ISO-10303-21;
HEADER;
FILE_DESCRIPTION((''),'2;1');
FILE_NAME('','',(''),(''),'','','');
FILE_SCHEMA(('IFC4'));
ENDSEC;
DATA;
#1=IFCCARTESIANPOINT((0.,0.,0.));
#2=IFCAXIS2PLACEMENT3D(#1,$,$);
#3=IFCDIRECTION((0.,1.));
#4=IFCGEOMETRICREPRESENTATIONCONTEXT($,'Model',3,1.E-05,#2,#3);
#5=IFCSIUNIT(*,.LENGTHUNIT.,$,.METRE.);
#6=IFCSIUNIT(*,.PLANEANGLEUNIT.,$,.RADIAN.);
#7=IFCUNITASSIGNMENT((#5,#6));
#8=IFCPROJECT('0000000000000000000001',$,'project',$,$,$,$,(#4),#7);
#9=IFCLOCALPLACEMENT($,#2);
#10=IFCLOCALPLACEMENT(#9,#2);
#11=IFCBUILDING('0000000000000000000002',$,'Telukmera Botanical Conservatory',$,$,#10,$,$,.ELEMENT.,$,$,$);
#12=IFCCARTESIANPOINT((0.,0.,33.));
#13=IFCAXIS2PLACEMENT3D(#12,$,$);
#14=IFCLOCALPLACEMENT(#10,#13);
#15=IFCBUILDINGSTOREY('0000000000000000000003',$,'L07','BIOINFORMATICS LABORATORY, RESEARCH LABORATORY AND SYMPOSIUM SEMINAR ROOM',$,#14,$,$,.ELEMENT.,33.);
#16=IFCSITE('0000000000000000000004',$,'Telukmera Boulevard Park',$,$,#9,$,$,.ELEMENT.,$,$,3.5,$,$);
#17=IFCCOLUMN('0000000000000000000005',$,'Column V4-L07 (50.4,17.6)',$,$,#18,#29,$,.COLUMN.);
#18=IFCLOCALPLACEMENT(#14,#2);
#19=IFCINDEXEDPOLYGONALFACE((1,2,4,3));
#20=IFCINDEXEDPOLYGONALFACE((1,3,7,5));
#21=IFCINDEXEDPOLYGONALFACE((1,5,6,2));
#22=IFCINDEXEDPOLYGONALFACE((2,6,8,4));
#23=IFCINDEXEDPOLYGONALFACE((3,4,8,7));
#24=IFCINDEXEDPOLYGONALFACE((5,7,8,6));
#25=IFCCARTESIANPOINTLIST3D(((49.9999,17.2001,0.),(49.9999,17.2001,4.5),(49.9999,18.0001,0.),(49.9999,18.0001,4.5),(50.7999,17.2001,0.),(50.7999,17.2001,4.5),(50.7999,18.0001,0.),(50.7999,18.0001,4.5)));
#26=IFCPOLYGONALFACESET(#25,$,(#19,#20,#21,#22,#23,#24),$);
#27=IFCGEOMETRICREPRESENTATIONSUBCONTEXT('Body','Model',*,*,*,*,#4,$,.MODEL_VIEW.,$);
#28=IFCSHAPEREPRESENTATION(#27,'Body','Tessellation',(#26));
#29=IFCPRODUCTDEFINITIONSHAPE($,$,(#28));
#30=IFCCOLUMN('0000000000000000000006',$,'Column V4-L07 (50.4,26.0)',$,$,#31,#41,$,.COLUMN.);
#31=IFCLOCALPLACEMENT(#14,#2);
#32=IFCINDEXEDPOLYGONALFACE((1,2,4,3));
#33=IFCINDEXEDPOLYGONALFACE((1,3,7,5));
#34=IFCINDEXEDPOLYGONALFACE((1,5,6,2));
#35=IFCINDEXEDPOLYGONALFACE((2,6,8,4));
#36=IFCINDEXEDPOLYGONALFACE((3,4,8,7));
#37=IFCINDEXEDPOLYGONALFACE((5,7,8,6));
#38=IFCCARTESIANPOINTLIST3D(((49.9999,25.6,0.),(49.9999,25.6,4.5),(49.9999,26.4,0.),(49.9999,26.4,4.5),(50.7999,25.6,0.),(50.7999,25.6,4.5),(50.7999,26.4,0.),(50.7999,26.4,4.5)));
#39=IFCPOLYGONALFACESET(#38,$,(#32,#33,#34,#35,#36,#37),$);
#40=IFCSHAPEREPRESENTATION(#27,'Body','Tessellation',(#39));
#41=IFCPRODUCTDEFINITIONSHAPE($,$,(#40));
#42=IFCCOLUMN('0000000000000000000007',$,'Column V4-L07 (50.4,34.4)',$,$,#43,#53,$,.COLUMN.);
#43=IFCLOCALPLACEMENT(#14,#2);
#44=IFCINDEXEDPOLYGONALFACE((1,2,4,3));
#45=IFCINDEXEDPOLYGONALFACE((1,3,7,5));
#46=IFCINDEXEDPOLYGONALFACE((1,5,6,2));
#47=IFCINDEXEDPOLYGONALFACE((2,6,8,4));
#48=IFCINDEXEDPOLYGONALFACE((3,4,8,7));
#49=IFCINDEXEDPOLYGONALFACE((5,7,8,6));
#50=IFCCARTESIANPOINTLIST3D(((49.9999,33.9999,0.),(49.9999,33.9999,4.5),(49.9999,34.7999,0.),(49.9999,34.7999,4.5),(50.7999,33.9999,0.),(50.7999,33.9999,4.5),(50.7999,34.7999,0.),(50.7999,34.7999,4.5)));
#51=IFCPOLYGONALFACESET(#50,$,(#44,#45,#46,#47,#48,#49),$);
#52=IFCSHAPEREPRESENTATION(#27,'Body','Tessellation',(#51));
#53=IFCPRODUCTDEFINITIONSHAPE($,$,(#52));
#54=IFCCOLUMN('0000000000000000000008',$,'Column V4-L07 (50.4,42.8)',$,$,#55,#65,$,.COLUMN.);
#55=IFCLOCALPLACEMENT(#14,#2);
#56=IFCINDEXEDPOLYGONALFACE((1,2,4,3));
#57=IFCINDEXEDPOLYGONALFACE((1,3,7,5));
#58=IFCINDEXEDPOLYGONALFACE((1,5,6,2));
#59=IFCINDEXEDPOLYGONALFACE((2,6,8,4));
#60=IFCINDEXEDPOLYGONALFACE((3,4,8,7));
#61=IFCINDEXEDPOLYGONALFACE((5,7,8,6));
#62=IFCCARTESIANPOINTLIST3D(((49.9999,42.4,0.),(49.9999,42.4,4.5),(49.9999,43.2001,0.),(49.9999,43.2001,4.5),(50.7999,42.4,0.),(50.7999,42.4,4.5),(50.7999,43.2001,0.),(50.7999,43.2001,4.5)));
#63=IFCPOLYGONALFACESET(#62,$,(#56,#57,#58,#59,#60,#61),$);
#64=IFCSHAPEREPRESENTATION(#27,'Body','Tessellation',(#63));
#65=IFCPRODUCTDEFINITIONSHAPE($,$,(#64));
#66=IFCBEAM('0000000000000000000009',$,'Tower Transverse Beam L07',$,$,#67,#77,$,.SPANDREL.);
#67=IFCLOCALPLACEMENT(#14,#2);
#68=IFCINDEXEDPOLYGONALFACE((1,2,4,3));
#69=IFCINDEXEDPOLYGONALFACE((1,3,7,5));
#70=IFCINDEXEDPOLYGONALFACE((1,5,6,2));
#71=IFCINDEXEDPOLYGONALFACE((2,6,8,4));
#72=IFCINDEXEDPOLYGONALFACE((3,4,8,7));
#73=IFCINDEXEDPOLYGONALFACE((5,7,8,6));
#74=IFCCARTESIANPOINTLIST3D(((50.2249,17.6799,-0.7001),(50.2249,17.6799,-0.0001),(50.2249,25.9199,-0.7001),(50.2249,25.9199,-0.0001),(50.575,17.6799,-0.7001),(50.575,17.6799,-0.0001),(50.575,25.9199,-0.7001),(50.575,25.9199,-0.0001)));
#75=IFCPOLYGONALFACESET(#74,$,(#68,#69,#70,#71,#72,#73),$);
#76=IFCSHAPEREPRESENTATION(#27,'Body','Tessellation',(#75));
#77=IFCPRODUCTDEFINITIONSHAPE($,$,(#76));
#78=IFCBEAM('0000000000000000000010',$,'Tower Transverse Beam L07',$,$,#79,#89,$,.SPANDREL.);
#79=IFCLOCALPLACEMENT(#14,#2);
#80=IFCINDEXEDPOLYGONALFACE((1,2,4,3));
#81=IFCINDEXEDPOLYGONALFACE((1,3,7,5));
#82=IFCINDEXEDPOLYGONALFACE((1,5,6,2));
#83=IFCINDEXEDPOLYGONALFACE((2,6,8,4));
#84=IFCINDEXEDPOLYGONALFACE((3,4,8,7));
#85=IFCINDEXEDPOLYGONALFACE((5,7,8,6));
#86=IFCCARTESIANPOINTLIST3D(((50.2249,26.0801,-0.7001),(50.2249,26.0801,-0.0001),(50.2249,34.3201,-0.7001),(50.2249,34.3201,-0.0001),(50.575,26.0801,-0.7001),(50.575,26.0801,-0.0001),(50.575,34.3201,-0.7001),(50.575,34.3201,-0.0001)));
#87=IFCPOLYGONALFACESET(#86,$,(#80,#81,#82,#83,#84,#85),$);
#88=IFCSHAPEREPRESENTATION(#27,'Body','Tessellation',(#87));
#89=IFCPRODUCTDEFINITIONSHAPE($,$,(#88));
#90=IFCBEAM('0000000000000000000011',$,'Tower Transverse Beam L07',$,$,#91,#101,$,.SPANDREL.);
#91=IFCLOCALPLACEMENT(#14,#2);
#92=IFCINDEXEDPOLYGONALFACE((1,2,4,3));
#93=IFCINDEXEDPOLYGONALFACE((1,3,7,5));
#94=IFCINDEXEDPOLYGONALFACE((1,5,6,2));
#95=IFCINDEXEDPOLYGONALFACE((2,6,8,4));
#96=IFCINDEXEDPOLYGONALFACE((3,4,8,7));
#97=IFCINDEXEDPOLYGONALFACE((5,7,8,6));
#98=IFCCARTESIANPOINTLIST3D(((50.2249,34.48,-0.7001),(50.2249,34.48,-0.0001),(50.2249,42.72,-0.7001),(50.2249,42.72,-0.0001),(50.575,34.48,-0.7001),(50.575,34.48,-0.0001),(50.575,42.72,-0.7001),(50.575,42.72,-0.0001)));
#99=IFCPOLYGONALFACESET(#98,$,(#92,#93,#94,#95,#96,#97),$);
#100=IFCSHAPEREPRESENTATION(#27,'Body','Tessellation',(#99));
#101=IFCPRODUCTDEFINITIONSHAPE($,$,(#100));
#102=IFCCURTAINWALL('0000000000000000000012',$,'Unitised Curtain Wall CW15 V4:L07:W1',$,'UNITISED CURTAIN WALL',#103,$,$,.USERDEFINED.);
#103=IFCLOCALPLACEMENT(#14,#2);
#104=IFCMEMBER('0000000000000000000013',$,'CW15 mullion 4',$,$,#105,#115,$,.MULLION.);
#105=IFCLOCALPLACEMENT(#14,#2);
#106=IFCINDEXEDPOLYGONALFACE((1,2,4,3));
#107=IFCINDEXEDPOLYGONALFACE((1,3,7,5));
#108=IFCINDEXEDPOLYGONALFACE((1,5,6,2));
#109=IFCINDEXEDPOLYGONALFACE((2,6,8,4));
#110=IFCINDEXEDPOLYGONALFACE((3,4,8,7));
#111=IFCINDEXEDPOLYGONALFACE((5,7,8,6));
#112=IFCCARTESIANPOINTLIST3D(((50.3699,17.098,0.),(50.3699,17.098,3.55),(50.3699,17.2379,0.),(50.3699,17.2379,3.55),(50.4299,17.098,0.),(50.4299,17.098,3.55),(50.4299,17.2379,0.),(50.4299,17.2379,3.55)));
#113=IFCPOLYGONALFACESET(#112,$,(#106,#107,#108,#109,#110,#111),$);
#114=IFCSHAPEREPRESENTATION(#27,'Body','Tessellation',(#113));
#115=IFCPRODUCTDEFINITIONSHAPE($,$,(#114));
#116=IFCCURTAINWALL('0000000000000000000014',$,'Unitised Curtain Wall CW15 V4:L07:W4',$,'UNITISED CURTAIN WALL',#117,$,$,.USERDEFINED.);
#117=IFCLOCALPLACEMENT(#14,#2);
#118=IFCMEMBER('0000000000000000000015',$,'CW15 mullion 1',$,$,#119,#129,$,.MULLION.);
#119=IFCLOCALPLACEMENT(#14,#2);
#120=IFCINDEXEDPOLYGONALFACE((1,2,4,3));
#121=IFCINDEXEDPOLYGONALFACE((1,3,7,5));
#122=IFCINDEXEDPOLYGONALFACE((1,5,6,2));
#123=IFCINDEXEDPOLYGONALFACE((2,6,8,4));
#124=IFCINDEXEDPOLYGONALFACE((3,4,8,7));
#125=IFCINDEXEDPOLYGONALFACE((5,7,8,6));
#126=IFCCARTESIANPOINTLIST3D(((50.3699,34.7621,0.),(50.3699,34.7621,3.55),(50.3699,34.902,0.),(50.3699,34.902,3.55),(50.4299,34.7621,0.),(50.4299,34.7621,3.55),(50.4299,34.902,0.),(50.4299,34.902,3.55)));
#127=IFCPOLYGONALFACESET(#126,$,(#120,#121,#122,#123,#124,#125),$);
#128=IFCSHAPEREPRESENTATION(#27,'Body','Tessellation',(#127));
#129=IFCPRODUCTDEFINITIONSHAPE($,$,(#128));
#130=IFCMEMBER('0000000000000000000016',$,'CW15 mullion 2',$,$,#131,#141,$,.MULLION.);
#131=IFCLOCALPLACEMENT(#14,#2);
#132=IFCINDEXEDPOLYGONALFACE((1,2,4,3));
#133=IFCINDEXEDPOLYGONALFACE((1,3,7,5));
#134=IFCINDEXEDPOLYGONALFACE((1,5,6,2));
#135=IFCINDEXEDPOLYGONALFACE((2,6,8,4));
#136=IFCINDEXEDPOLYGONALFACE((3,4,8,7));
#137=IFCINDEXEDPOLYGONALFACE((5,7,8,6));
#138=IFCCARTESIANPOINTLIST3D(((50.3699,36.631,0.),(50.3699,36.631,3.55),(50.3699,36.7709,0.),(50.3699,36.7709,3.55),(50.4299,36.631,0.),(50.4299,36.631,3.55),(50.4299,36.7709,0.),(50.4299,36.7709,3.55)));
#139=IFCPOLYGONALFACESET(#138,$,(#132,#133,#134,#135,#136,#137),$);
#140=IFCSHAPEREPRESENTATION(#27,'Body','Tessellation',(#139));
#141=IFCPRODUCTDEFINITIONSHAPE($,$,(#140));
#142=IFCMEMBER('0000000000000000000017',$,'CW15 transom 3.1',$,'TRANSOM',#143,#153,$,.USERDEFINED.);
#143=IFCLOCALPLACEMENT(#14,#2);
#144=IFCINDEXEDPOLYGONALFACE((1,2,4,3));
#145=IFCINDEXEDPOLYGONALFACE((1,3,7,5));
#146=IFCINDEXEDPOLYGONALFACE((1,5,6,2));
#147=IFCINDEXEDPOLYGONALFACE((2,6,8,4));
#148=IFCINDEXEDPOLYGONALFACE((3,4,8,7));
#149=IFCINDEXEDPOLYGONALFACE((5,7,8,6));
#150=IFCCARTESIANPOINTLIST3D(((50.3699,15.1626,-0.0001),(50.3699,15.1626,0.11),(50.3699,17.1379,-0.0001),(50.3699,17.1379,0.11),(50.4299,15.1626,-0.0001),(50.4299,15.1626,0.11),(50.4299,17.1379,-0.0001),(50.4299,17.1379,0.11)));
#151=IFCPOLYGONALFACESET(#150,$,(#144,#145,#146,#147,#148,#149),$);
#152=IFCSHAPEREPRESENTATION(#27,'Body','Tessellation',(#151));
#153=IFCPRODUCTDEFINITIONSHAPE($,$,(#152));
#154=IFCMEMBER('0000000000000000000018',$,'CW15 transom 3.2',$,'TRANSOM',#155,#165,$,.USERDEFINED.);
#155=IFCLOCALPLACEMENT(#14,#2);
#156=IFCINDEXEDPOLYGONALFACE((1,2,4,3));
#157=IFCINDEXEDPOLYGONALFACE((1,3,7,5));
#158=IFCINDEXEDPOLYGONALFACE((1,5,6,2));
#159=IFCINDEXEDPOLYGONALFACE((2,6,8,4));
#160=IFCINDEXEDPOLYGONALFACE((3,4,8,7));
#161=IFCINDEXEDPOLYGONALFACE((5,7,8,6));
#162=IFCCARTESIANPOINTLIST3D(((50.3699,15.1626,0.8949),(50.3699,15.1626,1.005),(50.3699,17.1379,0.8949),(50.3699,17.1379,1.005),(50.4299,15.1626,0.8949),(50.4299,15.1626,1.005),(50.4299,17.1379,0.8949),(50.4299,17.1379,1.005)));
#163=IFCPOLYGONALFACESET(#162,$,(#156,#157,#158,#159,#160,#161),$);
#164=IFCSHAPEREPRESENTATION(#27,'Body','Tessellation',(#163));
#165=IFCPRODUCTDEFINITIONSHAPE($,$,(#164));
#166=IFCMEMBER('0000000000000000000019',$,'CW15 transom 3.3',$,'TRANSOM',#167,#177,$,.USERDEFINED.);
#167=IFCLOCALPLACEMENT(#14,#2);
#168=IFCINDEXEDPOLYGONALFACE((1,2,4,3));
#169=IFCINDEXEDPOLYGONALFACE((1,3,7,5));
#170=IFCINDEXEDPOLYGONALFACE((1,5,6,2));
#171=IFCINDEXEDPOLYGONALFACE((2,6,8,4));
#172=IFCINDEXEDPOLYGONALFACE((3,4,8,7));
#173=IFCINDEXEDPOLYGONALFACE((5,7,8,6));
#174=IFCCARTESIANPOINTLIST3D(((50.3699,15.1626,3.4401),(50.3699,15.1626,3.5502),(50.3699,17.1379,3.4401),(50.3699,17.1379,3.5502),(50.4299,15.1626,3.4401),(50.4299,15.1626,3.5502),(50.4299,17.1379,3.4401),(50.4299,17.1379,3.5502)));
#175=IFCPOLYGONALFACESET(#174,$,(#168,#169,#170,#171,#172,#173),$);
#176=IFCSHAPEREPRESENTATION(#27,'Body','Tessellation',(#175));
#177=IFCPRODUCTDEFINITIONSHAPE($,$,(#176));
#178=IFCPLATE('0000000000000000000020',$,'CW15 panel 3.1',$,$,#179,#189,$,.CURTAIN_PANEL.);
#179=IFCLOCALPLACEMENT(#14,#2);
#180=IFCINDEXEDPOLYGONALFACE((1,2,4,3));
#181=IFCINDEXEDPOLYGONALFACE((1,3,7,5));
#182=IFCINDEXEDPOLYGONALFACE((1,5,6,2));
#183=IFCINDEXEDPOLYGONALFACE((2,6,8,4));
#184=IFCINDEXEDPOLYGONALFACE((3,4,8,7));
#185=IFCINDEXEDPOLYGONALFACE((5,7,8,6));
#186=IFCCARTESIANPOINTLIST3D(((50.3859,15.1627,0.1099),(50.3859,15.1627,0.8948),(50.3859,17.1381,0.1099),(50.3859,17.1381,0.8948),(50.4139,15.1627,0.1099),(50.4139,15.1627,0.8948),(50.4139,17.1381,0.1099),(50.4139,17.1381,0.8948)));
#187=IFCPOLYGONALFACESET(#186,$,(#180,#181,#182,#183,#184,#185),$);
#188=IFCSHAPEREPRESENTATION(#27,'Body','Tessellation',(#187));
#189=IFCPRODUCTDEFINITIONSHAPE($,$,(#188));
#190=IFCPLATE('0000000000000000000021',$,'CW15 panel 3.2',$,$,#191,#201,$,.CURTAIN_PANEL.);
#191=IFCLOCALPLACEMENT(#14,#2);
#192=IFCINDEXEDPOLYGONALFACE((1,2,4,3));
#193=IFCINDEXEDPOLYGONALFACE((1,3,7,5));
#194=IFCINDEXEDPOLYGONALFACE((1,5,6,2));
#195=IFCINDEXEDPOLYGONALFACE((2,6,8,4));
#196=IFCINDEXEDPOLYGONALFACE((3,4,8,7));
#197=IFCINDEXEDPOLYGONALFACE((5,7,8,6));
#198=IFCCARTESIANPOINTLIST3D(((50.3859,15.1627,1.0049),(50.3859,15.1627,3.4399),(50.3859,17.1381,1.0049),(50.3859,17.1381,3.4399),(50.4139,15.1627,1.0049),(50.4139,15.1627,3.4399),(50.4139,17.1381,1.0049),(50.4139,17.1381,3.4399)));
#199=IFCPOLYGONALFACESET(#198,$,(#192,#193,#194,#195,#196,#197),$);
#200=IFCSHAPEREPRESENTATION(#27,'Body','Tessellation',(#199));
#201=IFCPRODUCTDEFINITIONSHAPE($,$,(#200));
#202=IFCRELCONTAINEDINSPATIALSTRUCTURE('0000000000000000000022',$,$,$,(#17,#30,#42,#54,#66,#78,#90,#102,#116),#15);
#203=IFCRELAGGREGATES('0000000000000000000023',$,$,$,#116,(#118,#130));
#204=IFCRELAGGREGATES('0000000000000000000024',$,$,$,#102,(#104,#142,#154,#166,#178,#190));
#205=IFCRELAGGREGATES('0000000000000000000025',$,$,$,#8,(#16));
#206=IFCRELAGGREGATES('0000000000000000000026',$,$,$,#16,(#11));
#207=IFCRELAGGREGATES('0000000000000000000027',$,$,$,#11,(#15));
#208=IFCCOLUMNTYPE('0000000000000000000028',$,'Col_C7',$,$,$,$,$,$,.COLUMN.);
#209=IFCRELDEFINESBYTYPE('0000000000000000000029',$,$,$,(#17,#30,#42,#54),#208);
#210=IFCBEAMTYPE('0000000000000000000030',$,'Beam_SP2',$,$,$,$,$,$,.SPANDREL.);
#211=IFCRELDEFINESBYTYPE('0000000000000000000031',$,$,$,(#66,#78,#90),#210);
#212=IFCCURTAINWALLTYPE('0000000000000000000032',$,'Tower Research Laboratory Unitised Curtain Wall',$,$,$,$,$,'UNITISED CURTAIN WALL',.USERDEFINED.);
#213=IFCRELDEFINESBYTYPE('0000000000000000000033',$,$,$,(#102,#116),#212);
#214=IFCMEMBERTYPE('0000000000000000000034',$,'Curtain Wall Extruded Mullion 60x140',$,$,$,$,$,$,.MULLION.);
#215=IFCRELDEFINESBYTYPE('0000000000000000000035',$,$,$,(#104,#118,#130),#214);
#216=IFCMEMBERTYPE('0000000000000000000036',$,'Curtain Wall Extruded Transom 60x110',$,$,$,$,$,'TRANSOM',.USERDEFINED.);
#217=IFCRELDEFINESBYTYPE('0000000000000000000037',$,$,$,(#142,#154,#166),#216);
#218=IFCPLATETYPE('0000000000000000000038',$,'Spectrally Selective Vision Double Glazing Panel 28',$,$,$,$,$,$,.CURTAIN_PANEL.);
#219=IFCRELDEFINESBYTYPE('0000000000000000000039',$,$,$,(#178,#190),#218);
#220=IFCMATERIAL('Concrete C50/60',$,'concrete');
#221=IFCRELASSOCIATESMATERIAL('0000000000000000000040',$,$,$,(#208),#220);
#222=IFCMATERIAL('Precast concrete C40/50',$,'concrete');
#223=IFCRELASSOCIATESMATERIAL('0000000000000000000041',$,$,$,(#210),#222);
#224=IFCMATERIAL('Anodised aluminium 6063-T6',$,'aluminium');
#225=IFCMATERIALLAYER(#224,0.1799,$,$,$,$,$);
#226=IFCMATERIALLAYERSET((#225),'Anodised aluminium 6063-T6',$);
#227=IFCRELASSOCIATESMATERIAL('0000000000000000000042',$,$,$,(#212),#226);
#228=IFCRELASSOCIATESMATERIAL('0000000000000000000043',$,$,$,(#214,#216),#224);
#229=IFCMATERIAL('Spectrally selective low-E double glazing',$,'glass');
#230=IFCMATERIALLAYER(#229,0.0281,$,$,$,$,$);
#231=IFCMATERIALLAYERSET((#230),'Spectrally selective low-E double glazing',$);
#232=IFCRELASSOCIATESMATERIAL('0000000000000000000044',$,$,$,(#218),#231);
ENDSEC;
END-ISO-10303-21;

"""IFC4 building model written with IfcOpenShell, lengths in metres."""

from ifc_helpers import new_model, si_unit, direction, frame, origin, origin_2d, place, context, subcontext, project, spatial, rectangle, extrude, material, layer, layer_set, material_profile, profile_set, type_object, element, aggregate, save


model = new_model("IFC4")

# Units and contexts
model_context = context("Model", 3, precision=1e-05, world=origin(), true_north=direction((0.0, 1.0)))
body_context = subcontext(model_context, "Body", "Model", "MODEL_VIEW")
ifc_project = project(units=[si_unit("LENGTHUNIT", "METRE"), si_unit("PLANEANGLEUNIT", "RADIAN")], contexts=[model_context])

# Site, building, storey
site_placement = place(None, origin())
site = spatial("IfcSite", under=ifc_project, at=site_placement, Name="Telukmera Boulevard Park", CompositionType="ELEMENT", RefElevation=3.5)
building_placement = place(site_placement, origin())
building = spatial("IfcBuilding", under=site, at=building_placement, Name="Telukmera Botanical Conservatory", CompositionType="ELEMENT")
storey_placement = place(building_placement, frame((0.0, 0.0, 33.0)))
storey = spatial("IfcBuildingStorey", under=building, at=storey_placement, Name="L07", Description="BIOINFORMATICS LABORATORY, RESEARCH LABORATORY AND SYMPOSIUM SEMINAR ROOM", CompositionType="ELEMENT", Elevation=33.0)

# Columns
ifc_material_1 = material(Name="Concrete C50/60", Category="concrete")
ifc_material_profile_1 = material_profile(ifc_material_1, rectangle(XDim=0.8, YDim=0.8, at=origin_2d()), Name="RC 800x800")
ifc_profile_set_1 = profile_set([ifc_material_profile_1], Name="Concrete C50/60")
column_type = type_object("IfcColumnType", Name="Col_C7", PredefinedType="COLUMN", material=ifc_profile_set_1)
for number, where, z_axis, x_axis, name in (
    (1, (50.3999, 17.6001, 0.0), (0.0, 0.0, 1.0), (1.0, 0.0, 0.0), "Column V4-L07 (50.4,17.6)"),
    (2, (50.3999, 26.0, 0.0), (0.0, 0.0, 1.0), (1.0, 0.0, 0.0), "Column V4-L07 (50.4,26.0)"),
    (3, (50.3999, 34.3999, 0.0), (0.0, 0.0, 1.0), (1.0, 0.0, 0.0), "Column V4-L07 (50.4,34.4)"),
    (4, (50.3999, 42.8, 0.0), (0.0, 0.0, 1.0), (1.0, 0.0, 0.0), "Column V4-L07 (50.4,42.8)"),
):
    element("IfcColumn", number, at=place(storey_placement, frame(where, z_axis=z_axis, x_axis=x_axis)), inside=storey, type_object=column_type, Name=name, PredefinedType="COLUMN", context=body_context, shape_type="SweptSolid", body=[
        extrude(rectangle(XDim=0.8, YDim=0.8, at=origin_2d()), origin(), (0.0, 0.0, 1.0), 4.5),
    ])

# Beams
ifc_material_2 = material(Name="Precast concrete C40/50", Category="concrete")
ifc_material_profile_2 = material_profile(ifc_material_2, rectangle(XDim=0.3501, YDim=0.7, at=origin_2d()), Name="PC 350x700")
ifc_profile_set_2 = profile_set([ifc_material_profile_2], Name="Precast concrete C40/50")
beam_type = type_object("IfcBeamType", Name="Beam_SP2", PredefinedType="SPANDREL", material=ifc_profile_set_2)
for number, where, z_axis, x_axis, name in (
    (5, (50.3999, 17.6799, -0.3501), (0.0, 1.0, 0.0), (-1.0, 0.0, 0.0), "Tower Transverse Beam L07"),
    (6, (50.3999, 26.0801, -0.3501), (0.0, 1.0, 0.0), (-1.0, 0.0, 0.0), "Tower Transverse Beam L07"),
    (7, (50.3999, 34.48, -0.3501), (0.0, 1.0, 0.0), (-1.0, 0.0, 0.0), "Tower Transverse Beam L07"),
):
    element("IfcBeam", number, at=place(storey_placement, frame(where, z_axis=z_axis, x_axis=x_axis)), inside=storey, type_object=beam_type, Name=name, PredefinedType="SPANDREL", context=body_context, shape_type="SweptSolid", body=[
        extrude(rectangle(XDim=0.3501, YDim=0.7, at=origin_2d()), origin(), (0.0, 0.0, 1.0), 8.24),
    ])

# Curtain wall, member
ifc_material_3 = material(Name="Anodised aluminium 6063-T6", Category="aluminium")
ifc_layer_1 = layer(ifc_material_3, 0.1799)
ifc_layer_set_1 = layer_set([ifc_layer_1], Name="Anodised aluminium 6063-T6")
curtain_wall_type = type_object("IfcCurtainWallType", Name="Tower Research Laboratory Unitised Curtain Wall", ElementType="UNITISED CURTAIN WALL", PredefinedType="USERDEFINED", material=ifc_layer_set_1)
curtain_wall_1_placement = place(storey_placement, origin())
curtain_wall_1 = element("IfcCurtainWall", 8, at=curtain_wall_1_placement, inside=storey, type_object=curtain_wall_type, Name="Unitised Curtain Wall CW15 V4:L07:W1", ObjectType="UNITISED CURTAIN WALL", PredefinedType="USERDEFINED")
ifc_material_profile_3 = material_profile(ifc_material_3, rectangle(XDim=0.0601, YDim=0.1399, at=origin_2d()), Name="ALU MULL 60x140")
ifc_profile_set_3 = profile_set([ifc_material_profile_3], Name="Anodised aluminium 6063-T6")
member_type_1 = type_object("IfcMemberType", Name="Curtain Wall Extruded Mullion 60x140", PredefinedType="MULLION", material=ifc_profile_set_3)
member_1_placement = place(storey_placement, frame((50.3999, 17.168, 0.0), z_axis=(0.0, 0.0, 1.0), x_axis=(-1.0, 0.0, 0.0)))
member_1 = element("IfcMember", 9, at=member_1_placement, type_object=member_type_1, Name="CW15 mullion 4", PredefinedType="MULLION", context=body_context, shape_type="SweptSolid", body=[
    extrude(rectangle(XDim=0.0601, YDim=0.1399, at=origin_2d()), origin(), (0.0, 0.0, 1.0), 3.55),
])

# Curtain wall, members
curtain_wall_2_placement = place(storey_placement, origin())
curtain_wall_2 = element("IfcCurtainWall", 10, at=curtain_wall_2_placement, inside=storey, type_object=curtain_wall_type, Name="Unitised Curtain Wall CW15 V4:L07:W4", ObjectType="UNITISED CURTAIN WALL", PredefinedType="USERDEFINED")
member_2_placement = place(storey_placement, frame((50.3999, 34.832, 0.0), z_axis=(0.0, 0.0, 1.0), x_axis=(-1.0, 0.0, 0.0)))
member_2 = element("IfcMember", 11, at=member_2_placement, type_object=member_type_1, Name="CW15 mullion 1", PredefinedType="MULLION", context=body_context, shape_type="SweptSolid", body=[
    extrude(rectangle(XDim=0.0601, YDim=0.1399, at=origin_2d()), origin(), (0.0, 0.0, 1.0), 3.55),
])
member_3_placement = place(storey_placement, frame((50.3999, 36.7009, 0.0), z_axis=(0.0, 0.0, 1.0), x_axis=(-1.0, 0.0, 0.0)))
member_3 = element("IfcMember", 12, at=member_3_placement, type_object=member_type_1, Name="CW15 mullion 2", PredefinedType="MULLION", context=body_context, shape_type="SweptSolid", body=[
    extrude(rectangle(XDim=0.0601, YDim=0.1399, at=origin_2d()), origin(), (0.0, 0.0, 1.0), 3.55),
])
aggregate(curtain_wall_2, [member_2, member_3])

# Members
ifc_material_profile_4 = material_profile(ifc_material_3, rectangle(XDim=0.0601, YDim=0.1101, at=origin_2d()), Name="ALU TRAN 60x110")
ifc_profile_set_4 = profile_set([ifc_material_profile_4], Name="Anodised aluminium 6063-T6")
member_type_2 = type_object("IfcMemberType", Name="Curtain Wall Extruded Transom 60x110", ElementType="TRANSOM", PredefinedType="USERDEFINED", material=ifc_profile_set_4)
member_4_placement = place(storey_placement, frame((50.3999, 15.1626, 0.0549), z_axis=(0.0, 1.0, 0.0), x_axis=(-1.0, 0.0, 0.0)))
member_4 = element("IfcMember", 13, at=member_4_placement, type_object=member_type_2, Name="CW15 transom 3.1", ObjectType="TRANSOM", PredefinedType="USERDEFINED", context=body_context, shape_type="SweptSolid", body=[
    extrude(rectangle(XDim=0.0601, YDim=0.1101, at=origin_2d()), origin(), (0.0, 0.0, 1.0), 1.9753),
])
member_5_placement = place(storey_placement, frame((50.3999, 15.1626, 0.95), z_axis=(0.0, 1.0, 0.0), x_axis=(-1.0, 0.0, 0.0)))
member_5 = element("IfcMember", 14, at=member_5_placement, type_object=member_type_2, Name="CW15 transom 3.2", ObjectType="TRANSOM", PredefinedType="USERDEFINED", context=body_context, shape_type="SweptSolid", body=[
    extrude(rectangle(XDim=0.0601, YDim=0.1101, at=origin_2d()), origin(), (0.0, 0.0, 1.0), 1.9753),
])
member_6_placement = place(storey_placement, frame((50.3999, 15.1626, 3.4951), z_axis=(0.0, 1.0, 0.0), x_axis=(-1.0, 0.0, 0.0)))
member_6 = element("IfcMember", 15, at=member_6_placement, type_object=member_type_2, Name="CW15 transom 3.3", ObjectType="TRANSOM", PredefinedType="USERDEFINED", context=body_context, shape_type="SweptSolid", body=[
    extrude(rectangle(XDim=0.0601, YDim=0.1101, at=origin_2d()), origin(), (0.0, 0.0, 1.0), 1.9753),
])

# Plates
ifc_material_4 = material(Name="Spectrally selective low-E double glazing", Category="glass")
ifc_layer_2 = layer(ifc_material_4, 0.0281)
ifc_layer_set_2 = layer_set([ifc_layer_2], Name="Spectrally selective low-E double glazing")
plate_type = type_object("IfcPlateType", Name="Spectrally Selective Vision Double Glazing Panel 28", PredefinedType="CURTAIN_PANEL", material=ifc_layer_set_2)
plate_1_placement = place(storey_placement, frame((50.3999, 16.1504, 0.1099), z_axis=(0.0, 0.0, 1.0), x_axis=(0.0, 1.0, 0.0)))
plate_1 = element("IfcPlate", 16, at=plate_1_placement, type_object=plate_type, Name="CW15 panel 3.1", PredefinedType="CURTAIN_PANEL", context=body_context, shape_type="SweptSolid", body=[
    extrude(rectangle(XDim=1.9753, YDim=0.0281, at=origin_2d()), origin(), (0.0, 0.0, 1.0), 0.7849),
])
plate_2_placement = place(storey_placement, frame((50.3999, 16.1504, 1.0049), z_axis=(0.0, 0.0, 1.0), x_axis=(0.0, 1.0, 0.0)))
plate_2 = element("IfcPlate", 17, at=plate_2_placement, type_object=plate_type, Name="CW15 panel 3.2", PredefinedType="CURTAIN_PANEL", context=body_context, shape_type="SweptSolid", body=[
    extrude(rectangle(XDim=1.9753, YDim=0.0281, at=origin_2d()), origin(), (0.0, 0.0, 1.0), 2.4351),
])
aggregate(curtain_wall_1, [member_1, member_4, member_5, member_6, plate_1, plate_2])

save(model, "model.ifc")
